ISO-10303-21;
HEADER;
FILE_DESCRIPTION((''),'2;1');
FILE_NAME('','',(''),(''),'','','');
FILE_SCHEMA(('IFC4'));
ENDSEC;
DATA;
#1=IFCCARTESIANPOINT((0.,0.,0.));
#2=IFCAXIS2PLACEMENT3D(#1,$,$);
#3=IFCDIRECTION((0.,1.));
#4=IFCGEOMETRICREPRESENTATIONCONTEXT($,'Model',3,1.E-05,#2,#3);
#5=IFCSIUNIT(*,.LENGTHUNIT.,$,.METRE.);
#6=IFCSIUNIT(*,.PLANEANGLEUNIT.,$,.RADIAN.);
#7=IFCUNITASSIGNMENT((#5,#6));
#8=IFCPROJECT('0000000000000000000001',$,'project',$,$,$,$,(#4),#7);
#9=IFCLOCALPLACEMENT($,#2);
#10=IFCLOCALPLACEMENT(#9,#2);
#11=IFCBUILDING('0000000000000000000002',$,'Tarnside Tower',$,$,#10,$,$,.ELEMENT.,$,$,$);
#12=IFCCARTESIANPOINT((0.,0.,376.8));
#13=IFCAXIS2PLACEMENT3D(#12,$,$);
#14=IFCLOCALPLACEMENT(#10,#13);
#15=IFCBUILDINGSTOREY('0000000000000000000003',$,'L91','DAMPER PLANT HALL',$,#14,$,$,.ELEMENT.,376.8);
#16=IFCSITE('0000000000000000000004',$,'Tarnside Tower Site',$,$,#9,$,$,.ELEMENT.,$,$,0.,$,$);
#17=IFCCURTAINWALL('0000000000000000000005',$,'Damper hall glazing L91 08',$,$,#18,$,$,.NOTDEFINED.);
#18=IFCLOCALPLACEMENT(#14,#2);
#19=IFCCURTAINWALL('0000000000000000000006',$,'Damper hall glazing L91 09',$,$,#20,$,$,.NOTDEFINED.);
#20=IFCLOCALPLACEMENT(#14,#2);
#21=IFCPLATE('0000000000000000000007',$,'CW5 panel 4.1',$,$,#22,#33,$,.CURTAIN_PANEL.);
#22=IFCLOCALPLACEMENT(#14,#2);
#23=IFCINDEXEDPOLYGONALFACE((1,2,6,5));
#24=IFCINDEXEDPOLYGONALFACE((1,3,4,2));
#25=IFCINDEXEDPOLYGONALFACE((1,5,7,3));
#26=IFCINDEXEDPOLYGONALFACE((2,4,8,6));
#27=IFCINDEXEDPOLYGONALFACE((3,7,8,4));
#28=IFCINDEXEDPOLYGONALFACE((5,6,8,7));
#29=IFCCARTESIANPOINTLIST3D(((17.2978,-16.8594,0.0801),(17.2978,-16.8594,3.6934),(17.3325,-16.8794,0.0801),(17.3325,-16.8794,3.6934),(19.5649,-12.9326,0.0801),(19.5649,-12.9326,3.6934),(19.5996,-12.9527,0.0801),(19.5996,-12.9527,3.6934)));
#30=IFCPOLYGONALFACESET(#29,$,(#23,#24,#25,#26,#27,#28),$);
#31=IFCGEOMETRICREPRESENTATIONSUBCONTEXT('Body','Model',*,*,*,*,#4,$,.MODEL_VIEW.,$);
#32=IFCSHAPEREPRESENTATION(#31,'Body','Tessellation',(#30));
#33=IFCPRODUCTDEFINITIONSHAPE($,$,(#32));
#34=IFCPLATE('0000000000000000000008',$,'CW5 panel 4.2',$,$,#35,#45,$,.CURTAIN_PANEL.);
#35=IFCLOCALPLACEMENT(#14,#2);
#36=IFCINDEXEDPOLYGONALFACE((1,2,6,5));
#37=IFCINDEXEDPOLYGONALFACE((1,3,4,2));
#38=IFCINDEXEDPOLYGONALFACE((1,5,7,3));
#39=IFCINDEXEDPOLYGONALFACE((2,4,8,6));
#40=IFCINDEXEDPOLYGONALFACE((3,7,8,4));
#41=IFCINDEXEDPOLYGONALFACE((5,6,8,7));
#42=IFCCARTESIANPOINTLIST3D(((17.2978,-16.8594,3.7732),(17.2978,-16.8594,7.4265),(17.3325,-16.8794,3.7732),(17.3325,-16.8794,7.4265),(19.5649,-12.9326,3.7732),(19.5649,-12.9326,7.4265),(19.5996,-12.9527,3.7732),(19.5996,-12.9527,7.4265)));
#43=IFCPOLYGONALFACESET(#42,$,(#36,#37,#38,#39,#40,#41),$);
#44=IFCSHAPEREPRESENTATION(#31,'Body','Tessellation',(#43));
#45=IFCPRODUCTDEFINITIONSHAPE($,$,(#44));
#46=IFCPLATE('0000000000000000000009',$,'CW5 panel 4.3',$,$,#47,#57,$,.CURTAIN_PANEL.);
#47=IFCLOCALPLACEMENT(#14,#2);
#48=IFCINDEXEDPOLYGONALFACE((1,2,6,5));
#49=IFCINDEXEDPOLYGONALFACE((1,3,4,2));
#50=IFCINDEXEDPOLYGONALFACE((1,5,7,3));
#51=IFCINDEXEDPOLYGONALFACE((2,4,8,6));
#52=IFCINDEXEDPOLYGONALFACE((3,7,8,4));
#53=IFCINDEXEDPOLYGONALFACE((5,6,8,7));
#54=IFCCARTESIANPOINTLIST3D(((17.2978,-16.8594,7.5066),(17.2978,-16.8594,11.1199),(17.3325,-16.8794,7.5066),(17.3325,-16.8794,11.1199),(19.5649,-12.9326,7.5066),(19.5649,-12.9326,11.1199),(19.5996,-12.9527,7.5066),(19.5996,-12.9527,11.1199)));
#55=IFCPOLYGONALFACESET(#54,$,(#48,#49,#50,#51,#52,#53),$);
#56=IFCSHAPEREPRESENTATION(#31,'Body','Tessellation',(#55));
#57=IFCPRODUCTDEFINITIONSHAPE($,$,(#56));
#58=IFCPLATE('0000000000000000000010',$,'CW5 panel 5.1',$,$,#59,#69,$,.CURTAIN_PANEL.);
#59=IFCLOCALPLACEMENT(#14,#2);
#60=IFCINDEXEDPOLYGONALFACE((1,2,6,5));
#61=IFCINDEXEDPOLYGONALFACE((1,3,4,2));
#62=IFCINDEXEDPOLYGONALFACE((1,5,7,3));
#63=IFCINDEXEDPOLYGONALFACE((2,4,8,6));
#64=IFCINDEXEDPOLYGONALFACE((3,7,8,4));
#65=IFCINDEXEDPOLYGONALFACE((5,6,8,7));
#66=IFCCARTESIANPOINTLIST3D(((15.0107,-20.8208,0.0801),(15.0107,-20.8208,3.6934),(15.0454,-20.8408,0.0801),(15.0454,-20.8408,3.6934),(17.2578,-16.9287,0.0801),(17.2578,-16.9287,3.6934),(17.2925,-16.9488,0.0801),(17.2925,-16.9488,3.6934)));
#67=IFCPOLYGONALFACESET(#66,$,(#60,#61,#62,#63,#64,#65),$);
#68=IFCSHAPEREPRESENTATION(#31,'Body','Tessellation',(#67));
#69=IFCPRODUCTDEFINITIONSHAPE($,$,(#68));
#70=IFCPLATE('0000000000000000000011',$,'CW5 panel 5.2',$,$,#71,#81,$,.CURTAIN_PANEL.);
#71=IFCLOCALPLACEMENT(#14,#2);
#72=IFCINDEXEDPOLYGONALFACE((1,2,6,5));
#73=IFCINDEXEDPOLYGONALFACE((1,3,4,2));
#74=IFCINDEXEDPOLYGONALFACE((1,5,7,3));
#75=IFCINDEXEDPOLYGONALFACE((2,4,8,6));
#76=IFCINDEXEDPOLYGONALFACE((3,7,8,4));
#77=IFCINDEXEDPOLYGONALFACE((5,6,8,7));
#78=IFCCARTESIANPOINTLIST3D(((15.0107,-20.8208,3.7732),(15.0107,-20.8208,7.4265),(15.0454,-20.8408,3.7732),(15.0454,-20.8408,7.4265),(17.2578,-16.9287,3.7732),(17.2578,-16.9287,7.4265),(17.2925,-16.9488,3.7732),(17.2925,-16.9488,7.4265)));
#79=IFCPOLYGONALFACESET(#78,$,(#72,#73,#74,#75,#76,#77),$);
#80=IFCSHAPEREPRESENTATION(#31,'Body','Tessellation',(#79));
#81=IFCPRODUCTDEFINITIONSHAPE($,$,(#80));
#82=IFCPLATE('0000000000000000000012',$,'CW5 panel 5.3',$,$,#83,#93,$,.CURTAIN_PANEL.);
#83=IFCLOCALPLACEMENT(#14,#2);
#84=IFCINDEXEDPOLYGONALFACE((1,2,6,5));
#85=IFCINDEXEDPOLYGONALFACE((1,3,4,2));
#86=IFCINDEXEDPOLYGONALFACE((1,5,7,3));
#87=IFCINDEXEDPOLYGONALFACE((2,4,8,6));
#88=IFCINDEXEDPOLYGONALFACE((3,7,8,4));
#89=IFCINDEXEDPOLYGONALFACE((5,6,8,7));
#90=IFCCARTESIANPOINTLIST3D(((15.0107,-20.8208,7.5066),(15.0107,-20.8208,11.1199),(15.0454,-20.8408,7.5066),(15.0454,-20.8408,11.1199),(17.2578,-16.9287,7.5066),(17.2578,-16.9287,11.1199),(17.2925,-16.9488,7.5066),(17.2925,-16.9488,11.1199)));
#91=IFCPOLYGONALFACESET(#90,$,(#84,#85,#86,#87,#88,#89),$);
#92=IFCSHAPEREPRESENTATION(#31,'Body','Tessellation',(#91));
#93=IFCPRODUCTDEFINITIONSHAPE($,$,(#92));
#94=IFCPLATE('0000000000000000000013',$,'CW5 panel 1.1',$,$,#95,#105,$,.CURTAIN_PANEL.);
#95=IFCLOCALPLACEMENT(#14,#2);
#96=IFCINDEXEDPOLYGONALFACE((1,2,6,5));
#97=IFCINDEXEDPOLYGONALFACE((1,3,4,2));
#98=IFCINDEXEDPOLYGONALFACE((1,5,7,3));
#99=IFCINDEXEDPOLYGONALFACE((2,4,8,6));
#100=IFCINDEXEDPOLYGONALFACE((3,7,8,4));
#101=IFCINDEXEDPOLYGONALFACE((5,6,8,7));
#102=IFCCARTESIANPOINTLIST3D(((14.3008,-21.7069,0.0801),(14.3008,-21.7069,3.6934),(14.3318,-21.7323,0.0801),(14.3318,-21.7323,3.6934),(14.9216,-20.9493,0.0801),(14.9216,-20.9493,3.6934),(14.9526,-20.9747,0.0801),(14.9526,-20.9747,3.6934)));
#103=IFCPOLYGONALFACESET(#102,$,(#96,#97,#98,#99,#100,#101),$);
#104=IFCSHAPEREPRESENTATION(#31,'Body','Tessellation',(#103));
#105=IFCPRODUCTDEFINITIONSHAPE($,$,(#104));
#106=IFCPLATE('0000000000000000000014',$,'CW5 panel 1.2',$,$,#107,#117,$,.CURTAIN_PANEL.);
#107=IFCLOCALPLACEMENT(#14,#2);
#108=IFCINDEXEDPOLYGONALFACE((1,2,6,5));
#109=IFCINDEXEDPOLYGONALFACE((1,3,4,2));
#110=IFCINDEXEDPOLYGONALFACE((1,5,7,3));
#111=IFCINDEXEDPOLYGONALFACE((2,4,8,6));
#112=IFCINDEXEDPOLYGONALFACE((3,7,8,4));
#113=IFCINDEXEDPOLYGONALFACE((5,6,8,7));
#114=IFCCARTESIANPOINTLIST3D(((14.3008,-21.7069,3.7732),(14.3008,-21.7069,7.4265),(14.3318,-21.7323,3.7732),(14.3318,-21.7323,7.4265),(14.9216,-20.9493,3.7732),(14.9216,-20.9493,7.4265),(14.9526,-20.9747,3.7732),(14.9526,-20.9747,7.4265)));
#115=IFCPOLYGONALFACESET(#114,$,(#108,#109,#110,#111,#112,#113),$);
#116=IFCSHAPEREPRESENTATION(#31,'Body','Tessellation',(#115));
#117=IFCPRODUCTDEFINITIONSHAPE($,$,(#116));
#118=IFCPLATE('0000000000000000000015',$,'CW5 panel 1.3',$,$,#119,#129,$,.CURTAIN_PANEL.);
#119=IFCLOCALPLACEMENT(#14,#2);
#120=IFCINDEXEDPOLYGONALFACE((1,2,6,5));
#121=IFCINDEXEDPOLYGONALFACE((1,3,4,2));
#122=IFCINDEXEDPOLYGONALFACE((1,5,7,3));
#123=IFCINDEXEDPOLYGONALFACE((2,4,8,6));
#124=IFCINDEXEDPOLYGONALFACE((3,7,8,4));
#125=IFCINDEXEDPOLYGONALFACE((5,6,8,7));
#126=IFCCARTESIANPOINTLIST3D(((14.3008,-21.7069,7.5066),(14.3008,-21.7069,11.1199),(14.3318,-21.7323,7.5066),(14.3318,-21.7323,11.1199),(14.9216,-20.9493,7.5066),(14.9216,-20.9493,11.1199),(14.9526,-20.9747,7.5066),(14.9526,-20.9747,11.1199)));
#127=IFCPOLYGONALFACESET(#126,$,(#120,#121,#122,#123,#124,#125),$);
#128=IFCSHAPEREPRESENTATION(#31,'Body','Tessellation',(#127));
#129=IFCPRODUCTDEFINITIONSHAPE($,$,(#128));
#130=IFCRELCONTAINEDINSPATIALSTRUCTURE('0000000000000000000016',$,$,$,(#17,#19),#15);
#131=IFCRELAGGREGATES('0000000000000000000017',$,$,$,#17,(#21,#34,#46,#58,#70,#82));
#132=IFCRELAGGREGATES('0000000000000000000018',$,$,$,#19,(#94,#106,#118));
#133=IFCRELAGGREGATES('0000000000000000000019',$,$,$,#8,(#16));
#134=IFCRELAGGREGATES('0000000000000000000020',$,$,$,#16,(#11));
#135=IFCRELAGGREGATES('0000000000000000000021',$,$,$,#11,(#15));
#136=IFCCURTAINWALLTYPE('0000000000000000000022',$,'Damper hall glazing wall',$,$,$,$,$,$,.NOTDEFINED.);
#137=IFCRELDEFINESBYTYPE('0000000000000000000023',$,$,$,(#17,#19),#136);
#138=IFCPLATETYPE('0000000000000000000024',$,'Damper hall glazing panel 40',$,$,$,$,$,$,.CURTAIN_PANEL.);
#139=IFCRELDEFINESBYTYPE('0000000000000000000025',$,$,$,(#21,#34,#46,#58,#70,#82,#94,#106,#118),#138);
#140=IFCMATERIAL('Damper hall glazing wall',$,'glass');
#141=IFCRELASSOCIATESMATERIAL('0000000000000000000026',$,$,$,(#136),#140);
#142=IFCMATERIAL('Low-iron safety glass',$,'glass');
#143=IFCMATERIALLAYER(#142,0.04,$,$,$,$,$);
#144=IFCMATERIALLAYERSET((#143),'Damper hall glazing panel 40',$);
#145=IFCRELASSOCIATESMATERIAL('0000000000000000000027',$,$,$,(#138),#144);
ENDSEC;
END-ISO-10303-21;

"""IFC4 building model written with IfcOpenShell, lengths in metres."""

from ifc_helpers import new_model, si_unit, direction, frame, origin, origin_2d, place, context, subcontext, project, spatial, rectangle, extrude, material, layer, layer_set, type_object, element, aggregate, save


model = new_model("IFC4")

# Units and contexts
model_context = context("Model", 3, precision=1e-05, world=origin(), true_north=direction((0.0, 1.0)))
body_context = subcontext(model_context, "Body", "Model", "MODEL_VIEW")
ifc_project = project(units=[si_unit("LENGTHUNIT", "METRE"), si_unit("PLANEANGLEUNIT", "RADIAN")], contexts=[model_context])

# Site, building, storey
site_placement = place(None, origin())
site = spatial("IfcSite", under=ifc_project, at=site_placement, Name="Tarnside Tower Site", CompositionType="ELEMENT", RefElevation=0.0)
building_placement = place(site_placement, origin())
building = spatial("IfcBuilding", under=site, at=building_placement, Name="Tarnside Tower", CompositionType="ELEMENT")
storey_placement = place(building_placement, frame((0.0, 0.0, 376.8)))
storey = spatial("IfcBuildingStorey", under=building, at=storey_placement, Name="L91", Description="DAMPER PLANT HALL", CompositionType="ELEMENT", Elevation=376.8)

# Curtain walls
ifc_material_1 = material(Name="Damper hall glazing wall", Category="glass")
curtain_wall_type = type_object("IfcCurtainWallType", Name="Damper hall glazing wall", PredefinedType="NOTDEFINED", material=ifc_material_1)
curtain_wall_1_placement = place(storey_placement, origin())
curtain_wall_1 = element("IfcCurtainWall", 1, at=curtain_wall_1_placement, inside=storey, type_object=curtain_wall_type, Name="Damper hall glazing L91 08", PredefinedType="NOTDEFINED")
curtain_wall_2_placement = place(storey_placement, origin())
curtain_wall_2 = element("IfcCurtainWall", 2, at=curtain_wall_2_placement, inside=storey, type_object=curtain_wall_type, Name="Damper hall glazing L91 09", PredefinedType="NOTDEFINED")

# Plates
ifc_material_2 = material(Name="Low-iron safety glass", Category="glass")
ifc_layer = layer(ifc_material_2, 0.04)
ifc_layer_set = layer_set([ifc_layer], Name="Damper hall glazing panel 40")
plate_type = type_object("IfcPlateType", Name="Damper hall glazing panel 40", PredefinedType="CURTAIN_PANEL", material=ifc_layer_set)
plate_1_placement = place(storey_placement, frame((18.4487, -14.906, 0.0801), z_axis=(0.0, 0.0, 1.0), x_axis=(-0.5, -0.866025, 0.0)))
plate_1 = element("IfcPlate", 3, at=plate_1_placement, type_object=plate_type, Name="CW5 panel 4.1", PredefinedType="CURTAIN_PANEL", context=body_context, shape_type="SweptSolid", body=[
    extrude(rectangle(XDim=4.5342, YDim=0.04, at=origin_2d()), origin(), (0.0, 0.0, 1.0), 3.6133),
])
plate_2_placement = place(storey_placement, frame((18.4487, -14.906, 3.7732), z_axis=(0.0, 0.0, 1.0), x_axis=(-0.5, -0.866025, 0.0)))
plate_2 = element("IfcPlate", 4, at=plate_2_placement, type_object=plate_type, Name="CW5 panel 4.2", PredefinedType="CURTAIN_PANEL", context=body_context, shape_type="SweptSolid", body=[
    extrude(rectangle(XDim=4.5342, YDim=0.04, at=origin_2d()), origin(), (0.0, 0.0, 1.0), 3.6533),
])
plate_3_placement = place(storey_placement, frame((18.4487, -14.906, 7.5066), z_axis=(0.0, 0.0, 1.0), x_axis=(-0.5, -0.866025, 0.0)))
plate_3 = element("IfcPlate", 5, at=plate_3_placement, type_object=plate_type, Name="CW5 panel 4.3", PredefinedType="CURTAIN_PANEL", context=body_context, shape_type="SweptSolid", body=[
    extrude(rectangle(XDim=4.5342, YDim=0.04, at=origin_2d()), origin(), (0.0, 0.0, 1.0), 3.6133),
])
plate_4_placement = place(storey_placement, frame((16.1516, -18.8848, 0.0801), z_axis=(0.0, 0.0, 1.0), x_axis=(-0.5, -0.866025, 0.0)))
plate_4 = element("IfcPlate", 6, at=plate_4_placement, type_object=plate_type, Name="CW5 panel 5.1", PredefinedType="CURTAIN_PANEL", context=body_context, shape_type="SweptSolid", body=[
    extrude(rectangle(XDim=4.4941, YDim=0.04, at=origin_2d()), origin(), (0.0, 0.0, 1.0), 3.6133),
])
plate_5_placement = place(storey_placement, frame((16.1516, -18.8848, 3.7732), z_axis=(0.0, 0.0, 1.0), x_axis=(-0.5, -0.866025, 0.0)))
plate_5 = element("IfcPlate", 7, at=plate_5_placement, type_object=plate_type, Name="CW5 panel 5.2", PredefinedType="CURTAIN_PANEL", context=body_context, shape_type="SweptSolid", body=[
    extrude(rectangle(XDim=4.4941, YDim=0.04, at=origin_2d()), origin(), (0.0, 0.0, 1.0), 3.6533),
])
plate_6_placement = place(storey_placement, frame((16.1516, -18.8848, 7.5066), z_axis=(0.0, 0.0, 1.0), x_axis=(-0.5, -0.866025, 0.0)))
plate_6 = element("IfcPlate", 8, at=plate_6_placement, type_object=plate_type, Name="CW5 panel 5.3", PredefinedType="CURTAIN_PANEL", context=body_context, shape_type="SweptSolid", body=[
    extrude(rectangle(XDim=4.4941, YDim=0.04, at=origin_2d()), origin(), (0.0, 0.0, 1.0), 3.6133),
])
aggregate(curtain_wall_1, [plate_1, plate_2, plate_3, plate_4, plate_5, plate_6])
plate_7_placement = place(storey_placement, frame((14.6267, -21.3408, 0.0801), z_axis=(0.0, 0.0, 1.0), x_axis=(-0.633831, -0.773472, 0.0)))
plate_7 = element("IfcPlate", 9, at=plate_7_placement, type_object=plate_type, Name="CW5 panel 1.1", PredefinedType="CURTAIN_PANEL", context=body_context, shape_type="SweptSolid", body=[
    extrude(rectangle(XDim=0.9795, YDim=0.04, at=origin_2d()), origin(), (0.0, 0.0, 1.0), 3.6133),
])
plate_8_placement = place(storey_placement, frame((14.6267, -21.3408, 3.7732), z_axis=(0.0, 0.0, 1.0), x_axis=(-0.633831, -0.773472, 0.0)))
plate_8 = element("IfcPlate", 10, at=plate_8_placement, type_object=plate_type, Name="CW5 panel 1.2", PredefinedType="CURTAIN_PANEL", context=body_context, shape_type="SweptSolid", body=[
    extrude(rectangle(XDim=0.9795, YDim=0.04, at=origin_2d()), origin(), (0.0, 0.0, 1.0), 3.6533),
])
plate_9_placement = place(storey_placement, frame((14.6267, -21.3408, 7.5066), z_axis=(0.0, 0.0, 1.0), x_axis=(-0.633831, -0.773472, 0.0)))
plate_9 = element("IfcPlate", 11, at=plate_9_placement, type_object=plate_type, Name="CW5 panel 1.3", PredefinedType="CURTAIN_PANEL", context=body_context, shape_type="SweptSolid", body=[
    extrude(rectangle(XDim=0.9795, YDim=0.04, at=origin_2d()), origin(), (0.0, 0.0, 1.0), 3.6133),
])
aggregate(curtain_wall_2, [plate_7, plate_8, plate_9])

save(model, "model.ifc")
